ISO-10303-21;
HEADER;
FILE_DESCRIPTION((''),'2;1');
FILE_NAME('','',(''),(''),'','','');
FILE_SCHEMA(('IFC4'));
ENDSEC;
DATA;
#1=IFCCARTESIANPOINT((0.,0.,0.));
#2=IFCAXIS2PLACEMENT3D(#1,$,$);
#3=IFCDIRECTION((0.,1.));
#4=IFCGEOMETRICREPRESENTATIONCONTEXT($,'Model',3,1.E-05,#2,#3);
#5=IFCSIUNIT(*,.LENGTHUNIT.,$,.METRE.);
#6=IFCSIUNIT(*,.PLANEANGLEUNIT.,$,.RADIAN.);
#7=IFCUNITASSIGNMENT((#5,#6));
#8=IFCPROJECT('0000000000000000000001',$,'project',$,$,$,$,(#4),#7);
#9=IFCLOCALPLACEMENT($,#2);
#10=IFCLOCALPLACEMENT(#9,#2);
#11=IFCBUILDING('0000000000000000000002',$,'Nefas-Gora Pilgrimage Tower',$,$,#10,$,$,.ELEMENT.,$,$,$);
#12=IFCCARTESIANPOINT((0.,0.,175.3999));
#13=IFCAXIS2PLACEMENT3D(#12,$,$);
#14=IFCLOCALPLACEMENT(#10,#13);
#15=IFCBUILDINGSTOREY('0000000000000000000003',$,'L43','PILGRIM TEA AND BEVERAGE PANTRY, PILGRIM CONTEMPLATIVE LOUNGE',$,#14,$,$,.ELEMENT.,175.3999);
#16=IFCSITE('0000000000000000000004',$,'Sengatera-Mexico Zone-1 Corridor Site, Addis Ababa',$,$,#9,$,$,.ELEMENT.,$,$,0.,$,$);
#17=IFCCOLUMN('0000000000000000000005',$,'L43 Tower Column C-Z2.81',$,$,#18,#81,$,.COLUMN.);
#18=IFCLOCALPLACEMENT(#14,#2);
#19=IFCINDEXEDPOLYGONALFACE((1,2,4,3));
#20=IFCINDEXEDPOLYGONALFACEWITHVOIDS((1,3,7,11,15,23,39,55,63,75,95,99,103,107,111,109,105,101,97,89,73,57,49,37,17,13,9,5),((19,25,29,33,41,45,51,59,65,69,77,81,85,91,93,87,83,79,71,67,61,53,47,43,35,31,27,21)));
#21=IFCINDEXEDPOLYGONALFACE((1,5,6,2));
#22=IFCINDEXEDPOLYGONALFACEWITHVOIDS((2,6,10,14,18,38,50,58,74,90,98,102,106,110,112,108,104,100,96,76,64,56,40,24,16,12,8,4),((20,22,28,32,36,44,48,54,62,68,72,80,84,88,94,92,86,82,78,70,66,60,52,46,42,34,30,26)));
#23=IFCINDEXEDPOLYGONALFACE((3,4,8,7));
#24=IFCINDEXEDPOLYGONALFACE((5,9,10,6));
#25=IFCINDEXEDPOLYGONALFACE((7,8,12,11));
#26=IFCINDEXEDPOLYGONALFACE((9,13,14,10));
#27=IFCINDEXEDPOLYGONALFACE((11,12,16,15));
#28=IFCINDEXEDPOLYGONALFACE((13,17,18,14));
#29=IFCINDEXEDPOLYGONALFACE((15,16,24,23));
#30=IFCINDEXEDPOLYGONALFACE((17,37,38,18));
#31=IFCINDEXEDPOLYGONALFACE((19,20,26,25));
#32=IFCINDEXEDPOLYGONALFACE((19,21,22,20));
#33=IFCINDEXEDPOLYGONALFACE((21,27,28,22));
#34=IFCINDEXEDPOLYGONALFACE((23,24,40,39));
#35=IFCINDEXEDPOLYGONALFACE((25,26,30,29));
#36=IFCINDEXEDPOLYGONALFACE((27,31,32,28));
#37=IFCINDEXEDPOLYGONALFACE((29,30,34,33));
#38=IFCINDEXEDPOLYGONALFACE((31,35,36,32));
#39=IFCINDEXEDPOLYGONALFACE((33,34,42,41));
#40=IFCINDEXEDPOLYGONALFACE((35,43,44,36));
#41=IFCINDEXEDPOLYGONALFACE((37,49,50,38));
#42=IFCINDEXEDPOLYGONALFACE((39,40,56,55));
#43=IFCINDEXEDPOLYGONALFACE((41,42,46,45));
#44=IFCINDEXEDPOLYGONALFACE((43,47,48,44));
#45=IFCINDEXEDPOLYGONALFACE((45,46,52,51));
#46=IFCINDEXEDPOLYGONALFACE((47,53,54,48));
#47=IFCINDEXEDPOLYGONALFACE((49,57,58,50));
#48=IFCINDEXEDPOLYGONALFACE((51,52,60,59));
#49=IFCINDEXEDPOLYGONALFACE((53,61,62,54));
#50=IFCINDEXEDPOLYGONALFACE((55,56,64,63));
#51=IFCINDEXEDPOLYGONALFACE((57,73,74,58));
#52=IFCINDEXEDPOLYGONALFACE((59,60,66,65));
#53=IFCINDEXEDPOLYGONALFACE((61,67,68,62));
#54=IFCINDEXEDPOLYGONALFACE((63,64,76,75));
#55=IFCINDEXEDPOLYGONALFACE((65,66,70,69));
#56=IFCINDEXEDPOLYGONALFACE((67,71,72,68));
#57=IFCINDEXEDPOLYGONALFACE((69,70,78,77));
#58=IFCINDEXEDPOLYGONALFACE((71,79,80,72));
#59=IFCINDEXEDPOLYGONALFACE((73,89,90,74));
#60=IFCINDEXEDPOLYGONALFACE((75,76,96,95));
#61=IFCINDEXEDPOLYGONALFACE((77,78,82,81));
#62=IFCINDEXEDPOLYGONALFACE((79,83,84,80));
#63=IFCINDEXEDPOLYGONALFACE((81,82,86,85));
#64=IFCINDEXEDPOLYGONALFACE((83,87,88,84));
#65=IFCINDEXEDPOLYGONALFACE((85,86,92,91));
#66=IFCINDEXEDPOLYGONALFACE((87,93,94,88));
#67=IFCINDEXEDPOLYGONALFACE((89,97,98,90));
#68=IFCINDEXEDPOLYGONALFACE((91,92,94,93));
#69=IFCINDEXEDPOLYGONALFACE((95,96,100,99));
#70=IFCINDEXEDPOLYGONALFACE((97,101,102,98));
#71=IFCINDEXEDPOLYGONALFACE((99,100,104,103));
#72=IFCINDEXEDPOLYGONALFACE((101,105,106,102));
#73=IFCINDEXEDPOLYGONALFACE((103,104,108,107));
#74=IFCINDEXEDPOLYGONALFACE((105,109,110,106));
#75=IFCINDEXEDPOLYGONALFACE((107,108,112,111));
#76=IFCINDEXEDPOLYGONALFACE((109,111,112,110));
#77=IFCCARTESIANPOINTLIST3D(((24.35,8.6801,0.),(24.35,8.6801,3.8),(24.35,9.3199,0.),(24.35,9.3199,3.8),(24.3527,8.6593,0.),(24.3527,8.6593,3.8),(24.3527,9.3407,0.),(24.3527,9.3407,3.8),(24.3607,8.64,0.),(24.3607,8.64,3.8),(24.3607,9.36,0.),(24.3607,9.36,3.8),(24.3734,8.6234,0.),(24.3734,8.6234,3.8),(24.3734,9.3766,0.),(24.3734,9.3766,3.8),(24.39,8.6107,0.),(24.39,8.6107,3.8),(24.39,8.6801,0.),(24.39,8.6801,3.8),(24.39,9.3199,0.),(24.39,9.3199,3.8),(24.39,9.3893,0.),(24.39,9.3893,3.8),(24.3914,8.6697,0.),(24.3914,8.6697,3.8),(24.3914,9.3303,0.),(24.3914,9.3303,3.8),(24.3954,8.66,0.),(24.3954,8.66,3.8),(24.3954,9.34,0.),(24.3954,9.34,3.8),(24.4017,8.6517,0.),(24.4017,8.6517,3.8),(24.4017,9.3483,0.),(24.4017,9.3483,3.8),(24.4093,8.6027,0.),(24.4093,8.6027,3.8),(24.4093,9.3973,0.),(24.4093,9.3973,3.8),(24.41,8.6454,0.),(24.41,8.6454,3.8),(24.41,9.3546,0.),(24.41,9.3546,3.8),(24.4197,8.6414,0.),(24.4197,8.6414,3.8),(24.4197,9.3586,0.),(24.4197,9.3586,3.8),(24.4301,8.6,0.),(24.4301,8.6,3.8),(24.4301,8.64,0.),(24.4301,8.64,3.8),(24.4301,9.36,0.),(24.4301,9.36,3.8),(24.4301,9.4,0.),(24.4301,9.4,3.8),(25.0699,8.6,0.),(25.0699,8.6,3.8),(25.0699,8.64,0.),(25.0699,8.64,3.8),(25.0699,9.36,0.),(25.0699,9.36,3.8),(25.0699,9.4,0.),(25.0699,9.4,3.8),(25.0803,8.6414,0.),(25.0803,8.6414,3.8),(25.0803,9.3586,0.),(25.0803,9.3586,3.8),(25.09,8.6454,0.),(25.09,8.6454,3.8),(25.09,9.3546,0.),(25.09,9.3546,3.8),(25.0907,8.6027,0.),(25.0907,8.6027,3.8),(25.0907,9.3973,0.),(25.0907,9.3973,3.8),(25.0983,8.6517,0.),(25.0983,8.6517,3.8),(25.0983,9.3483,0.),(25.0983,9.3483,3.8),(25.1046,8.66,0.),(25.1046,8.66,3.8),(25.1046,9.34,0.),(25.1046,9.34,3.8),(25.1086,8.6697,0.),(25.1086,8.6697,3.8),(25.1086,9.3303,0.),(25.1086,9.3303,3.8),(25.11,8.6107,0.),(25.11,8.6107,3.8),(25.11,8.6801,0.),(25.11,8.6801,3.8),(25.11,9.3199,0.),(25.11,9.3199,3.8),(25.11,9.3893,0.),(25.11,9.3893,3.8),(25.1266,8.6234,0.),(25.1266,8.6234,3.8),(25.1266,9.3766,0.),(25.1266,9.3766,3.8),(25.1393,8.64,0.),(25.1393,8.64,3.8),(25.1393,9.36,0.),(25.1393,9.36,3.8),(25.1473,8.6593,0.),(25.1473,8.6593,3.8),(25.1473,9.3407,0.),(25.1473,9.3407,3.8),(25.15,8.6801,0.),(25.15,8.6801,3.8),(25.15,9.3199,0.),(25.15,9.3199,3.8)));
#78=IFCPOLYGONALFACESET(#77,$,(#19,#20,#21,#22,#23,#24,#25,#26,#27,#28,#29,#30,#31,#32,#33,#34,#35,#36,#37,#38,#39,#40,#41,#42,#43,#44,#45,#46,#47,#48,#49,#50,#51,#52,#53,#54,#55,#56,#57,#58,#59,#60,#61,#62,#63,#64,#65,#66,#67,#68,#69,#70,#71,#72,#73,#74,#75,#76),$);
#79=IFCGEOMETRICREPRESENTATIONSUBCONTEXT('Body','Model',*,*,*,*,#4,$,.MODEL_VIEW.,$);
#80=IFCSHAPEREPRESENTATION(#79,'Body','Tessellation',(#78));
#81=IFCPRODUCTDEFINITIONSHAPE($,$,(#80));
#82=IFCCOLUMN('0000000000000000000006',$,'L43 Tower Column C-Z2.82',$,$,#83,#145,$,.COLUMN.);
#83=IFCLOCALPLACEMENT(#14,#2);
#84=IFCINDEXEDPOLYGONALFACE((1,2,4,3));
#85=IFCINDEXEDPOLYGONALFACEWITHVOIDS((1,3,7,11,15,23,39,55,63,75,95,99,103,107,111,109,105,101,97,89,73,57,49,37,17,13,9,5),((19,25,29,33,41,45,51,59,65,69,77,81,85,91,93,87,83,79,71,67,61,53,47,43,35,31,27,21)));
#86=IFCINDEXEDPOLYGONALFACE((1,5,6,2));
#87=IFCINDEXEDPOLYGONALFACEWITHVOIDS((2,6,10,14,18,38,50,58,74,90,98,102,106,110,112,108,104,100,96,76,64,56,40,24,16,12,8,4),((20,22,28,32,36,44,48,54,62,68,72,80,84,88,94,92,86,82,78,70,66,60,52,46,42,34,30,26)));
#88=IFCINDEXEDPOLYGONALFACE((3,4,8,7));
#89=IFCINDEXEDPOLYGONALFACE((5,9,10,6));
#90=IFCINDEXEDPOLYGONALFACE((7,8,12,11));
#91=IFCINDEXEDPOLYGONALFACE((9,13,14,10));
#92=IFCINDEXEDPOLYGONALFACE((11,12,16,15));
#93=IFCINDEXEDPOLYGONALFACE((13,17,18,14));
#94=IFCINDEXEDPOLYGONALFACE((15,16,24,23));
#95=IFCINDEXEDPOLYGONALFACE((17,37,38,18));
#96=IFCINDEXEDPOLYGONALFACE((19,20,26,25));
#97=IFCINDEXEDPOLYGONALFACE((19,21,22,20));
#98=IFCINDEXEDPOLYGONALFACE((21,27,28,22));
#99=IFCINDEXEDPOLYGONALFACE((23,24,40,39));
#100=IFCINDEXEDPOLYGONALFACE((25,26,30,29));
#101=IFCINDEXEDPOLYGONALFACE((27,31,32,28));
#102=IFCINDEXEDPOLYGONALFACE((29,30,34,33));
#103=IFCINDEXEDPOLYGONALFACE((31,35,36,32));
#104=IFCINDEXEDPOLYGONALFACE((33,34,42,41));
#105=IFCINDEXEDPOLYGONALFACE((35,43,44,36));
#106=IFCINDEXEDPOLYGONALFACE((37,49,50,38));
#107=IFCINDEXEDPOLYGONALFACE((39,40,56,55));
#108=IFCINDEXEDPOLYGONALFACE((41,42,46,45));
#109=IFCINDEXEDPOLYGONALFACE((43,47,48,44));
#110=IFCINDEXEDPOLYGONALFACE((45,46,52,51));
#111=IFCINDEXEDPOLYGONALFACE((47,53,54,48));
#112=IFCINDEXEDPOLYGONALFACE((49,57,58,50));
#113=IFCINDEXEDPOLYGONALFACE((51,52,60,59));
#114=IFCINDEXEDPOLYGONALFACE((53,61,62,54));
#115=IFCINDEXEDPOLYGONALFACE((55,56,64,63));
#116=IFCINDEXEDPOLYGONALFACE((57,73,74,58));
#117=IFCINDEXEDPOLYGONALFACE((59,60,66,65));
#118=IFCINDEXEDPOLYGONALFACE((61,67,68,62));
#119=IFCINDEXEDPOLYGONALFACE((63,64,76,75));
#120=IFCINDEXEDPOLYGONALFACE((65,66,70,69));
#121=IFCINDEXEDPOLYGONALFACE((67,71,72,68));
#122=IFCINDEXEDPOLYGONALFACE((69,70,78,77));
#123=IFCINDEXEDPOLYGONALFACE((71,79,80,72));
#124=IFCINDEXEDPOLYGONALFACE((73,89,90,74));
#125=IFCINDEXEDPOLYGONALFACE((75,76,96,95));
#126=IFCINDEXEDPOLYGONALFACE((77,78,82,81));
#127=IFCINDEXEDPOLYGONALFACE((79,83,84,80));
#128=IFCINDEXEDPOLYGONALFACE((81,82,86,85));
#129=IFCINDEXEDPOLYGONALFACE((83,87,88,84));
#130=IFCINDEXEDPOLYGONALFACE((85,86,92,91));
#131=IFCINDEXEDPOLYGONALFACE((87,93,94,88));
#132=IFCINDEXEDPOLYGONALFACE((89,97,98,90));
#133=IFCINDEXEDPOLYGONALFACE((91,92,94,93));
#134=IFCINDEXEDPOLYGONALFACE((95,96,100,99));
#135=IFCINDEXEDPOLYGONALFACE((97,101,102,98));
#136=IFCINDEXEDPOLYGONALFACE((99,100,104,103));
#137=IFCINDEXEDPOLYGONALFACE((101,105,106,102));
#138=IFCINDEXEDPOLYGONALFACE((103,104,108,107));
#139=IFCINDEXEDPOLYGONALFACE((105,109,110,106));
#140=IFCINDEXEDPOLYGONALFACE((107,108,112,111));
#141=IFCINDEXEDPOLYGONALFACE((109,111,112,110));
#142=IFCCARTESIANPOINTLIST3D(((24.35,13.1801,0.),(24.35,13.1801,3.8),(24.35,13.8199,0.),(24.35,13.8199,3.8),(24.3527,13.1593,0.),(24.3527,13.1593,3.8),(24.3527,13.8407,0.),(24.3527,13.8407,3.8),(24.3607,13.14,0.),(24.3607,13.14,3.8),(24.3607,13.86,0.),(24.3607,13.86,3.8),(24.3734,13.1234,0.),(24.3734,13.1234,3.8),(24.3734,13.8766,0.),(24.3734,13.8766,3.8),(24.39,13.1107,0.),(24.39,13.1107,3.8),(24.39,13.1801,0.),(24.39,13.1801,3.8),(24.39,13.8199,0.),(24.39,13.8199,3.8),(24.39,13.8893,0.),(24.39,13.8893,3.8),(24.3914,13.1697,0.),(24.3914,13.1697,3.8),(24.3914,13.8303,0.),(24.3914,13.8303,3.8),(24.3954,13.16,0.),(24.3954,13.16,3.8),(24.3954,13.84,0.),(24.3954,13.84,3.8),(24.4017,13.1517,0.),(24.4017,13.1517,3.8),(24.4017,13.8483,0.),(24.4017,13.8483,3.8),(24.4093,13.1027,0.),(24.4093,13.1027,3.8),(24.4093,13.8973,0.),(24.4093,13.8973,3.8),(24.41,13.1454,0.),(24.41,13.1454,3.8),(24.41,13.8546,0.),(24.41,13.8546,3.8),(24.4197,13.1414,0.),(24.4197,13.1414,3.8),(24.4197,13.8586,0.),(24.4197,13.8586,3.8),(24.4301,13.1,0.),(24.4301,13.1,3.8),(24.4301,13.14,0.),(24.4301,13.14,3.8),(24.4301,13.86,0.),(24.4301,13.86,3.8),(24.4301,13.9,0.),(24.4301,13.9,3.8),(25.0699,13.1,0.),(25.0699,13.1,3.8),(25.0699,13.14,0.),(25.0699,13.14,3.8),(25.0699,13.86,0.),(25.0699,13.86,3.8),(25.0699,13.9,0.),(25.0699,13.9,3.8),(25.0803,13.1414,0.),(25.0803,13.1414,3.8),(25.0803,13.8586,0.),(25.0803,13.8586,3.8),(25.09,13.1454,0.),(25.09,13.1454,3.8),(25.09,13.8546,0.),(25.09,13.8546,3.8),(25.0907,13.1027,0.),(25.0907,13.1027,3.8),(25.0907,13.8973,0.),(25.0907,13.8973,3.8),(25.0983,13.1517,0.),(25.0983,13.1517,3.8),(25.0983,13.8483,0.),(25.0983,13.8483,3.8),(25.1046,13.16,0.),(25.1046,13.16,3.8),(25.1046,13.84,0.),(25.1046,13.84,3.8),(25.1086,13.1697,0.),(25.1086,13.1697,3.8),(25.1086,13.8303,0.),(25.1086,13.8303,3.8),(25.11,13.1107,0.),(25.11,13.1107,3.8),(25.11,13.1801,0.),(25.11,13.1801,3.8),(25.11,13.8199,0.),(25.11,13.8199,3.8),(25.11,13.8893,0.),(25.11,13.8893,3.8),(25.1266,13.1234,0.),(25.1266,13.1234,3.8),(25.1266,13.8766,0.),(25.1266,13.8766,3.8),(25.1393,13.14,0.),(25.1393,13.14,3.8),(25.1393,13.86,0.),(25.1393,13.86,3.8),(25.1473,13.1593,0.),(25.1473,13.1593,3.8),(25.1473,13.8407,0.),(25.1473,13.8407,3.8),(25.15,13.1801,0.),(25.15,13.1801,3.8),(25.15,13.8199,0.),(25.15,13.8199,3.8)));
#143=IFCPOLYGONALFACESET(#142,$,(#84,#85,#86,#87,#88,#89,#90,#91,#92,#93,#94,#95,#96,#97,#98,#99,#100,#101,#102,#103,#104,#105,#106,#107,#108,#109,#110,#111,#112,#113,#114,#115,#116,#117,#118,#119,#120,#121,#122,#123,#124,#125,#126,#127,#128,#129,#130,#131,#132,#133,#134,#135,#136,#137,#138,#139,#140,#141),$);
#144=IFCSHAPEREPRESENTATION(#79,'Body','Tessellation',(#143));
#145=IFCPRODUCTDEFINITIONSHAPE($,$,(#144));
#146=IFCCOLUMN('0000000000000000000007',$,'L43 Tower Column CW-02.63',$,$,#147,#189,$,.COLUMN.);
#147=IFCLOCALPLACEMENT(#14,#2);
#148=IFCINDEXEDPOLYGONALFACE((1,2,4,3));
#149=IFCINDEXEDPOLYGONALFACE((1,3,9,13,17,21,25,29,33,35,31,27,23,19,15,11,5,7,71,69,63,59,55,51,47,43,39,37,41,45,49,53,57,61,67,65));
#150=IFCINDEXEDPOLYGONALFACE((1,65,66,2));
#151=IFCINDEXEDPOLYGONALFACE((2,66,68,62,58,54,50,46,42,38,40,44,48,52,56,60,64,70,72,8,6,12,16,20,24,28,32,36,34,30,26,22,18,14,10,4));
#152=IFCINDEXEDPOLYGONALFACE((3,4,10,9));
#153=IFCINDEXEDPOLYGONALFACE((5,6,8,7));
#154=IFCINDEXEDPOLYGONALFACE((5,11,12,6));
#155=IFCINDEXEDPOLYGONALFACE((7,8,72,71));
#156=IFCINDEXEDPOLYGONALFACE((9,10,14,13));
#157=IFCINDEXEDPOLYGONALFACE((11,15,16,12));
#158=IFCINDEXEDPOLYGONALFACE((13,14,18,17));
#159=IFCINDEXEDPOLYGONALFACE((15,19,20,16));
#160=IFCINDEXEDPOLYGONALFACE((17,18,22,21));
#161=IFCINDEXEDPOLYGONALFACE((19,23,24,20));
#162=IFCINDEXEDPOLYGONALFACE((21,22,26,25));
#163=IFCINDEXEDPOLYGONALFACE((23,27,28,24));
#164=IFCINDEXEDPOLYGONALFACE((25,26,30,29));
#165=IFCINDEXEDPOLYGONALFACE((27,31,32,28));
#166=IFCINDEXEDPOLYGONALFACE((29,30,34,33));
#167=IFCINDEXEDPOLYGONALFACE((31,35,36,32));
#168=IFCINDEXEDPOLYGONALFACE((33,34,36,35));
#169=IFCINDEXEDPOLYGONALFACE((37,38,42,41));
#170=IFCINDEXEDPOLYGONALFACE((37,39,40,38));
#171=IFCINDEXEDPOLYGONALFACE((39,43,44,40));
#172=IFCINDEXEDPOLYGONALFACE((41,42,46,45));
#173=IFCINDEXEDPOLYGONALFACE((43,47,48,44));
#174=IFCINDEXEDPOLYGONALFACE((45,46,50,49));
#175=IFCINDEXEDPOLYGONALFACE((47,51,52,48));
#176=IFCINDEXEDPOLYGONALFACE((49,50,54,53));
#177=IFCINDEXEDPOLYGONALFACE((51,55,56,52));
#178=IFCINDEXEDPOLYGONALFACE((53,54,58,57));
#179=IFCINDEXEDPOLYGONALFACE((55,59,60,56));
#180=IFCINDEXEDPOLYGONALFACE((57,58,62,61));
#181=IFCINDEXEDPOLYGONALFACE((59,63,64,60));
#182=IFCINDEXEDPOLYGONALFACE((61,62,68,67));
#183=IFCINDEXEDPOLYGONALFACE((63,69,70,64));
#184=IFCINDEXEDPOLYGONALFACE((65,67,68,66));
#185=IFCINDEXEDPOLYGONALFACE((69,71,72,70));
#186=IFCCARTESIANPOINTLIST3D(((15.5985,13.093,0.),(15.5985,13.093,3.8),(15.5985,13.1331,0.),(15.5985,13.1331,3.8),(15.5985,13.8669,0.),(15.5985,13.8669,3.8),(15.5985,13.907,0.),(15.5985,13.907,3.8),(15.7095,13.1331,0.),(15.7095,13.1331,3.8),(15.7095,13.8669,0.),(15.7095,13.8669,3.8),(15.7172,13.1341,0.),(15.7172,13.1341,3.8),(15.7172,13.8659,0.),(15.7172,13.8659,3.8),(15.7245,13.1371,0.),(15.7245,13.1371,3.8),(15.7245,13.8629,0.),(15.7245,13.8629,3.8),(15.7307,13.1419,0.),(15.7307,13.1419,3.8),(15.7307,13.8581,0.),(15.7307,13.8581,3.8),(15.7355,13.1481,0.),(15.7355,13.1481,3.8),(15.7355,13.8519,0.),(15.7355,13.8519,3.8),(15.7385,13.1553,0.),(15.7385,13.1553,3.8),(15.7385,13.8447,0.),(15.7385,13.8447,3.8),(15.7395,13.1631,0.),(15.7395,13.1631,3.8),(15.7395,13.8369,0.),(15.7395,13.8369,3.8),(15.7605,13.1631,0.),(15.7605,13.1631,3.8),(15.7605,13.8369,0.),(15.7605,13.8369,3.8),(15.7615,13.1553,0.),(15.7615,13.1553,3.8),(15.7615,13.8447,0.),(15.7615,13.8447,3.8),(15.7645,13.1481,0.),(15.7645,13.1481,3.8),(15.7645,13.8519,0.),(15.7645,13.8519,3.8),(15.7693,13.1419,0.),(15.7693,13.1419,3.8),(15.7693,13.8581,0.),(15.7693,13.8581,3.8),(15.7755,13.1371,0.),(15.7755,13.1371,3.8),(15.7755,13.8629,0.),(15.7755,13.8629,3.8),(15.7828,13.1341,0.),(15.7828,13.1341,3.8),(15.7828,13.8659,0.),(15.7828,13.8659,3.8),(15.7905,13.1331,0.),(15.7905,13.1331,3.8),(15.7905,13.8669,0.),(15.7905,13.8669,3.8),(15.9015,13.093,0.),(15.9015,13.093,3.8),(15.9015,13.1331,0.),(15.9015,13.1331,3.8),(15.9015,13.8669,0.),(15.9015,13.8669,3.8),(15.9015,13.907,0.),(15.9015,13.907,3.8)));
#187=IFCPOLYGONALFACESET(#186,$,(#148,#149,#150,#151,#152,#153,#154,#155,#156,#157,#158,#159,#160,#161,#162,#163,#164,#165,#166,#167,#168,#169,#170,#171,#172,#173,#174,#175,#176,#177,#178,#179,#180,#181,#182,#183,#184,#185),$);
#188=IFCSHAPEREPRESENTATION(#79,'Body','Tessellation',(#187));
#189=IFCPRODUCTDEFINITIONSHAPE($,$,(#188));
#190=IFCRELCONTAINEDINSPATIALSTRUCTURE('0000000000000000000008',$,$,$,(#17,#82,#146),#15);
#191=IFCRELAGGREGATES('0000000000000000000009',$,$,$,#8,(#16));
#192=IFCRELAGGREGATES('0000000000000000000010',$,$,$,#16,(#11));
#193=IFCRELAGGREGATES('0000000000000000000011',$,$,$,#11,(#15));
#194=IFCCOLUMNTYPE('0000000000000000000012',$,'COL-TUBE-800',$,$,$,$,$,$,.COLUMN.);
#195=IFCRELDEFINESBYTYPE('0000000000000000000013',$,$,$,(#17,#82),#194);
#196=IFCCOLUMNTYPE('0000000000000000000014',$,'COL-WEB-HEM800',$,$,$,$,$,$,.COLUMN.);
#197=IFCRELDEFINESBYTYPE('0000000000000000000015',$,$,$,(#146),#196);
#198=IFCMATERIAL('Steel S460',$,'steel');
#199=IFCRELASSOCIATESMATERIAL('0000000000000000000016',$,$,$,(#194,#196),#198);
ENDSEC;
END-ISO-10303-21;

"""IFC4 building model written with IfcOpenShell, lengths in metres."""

from ifc_helpers import new_model, si_unit, direction, frame, origin, origin_2d, place, context, subcontext, project, spatial, hollow_rectangle, i_section, extrude, source, transform, mapped, material, material_profile, profile_set, type_object, element, save


model = new_model("IFC4")

# Units and contexts
model_context = context("Model", 3, precision=1e-05, world=origin(), true_north=direction((0.0, 1.0)))
body_context = subcontext(model_context, "Body", "Model", "MODEL_VIEW")
ifc_project = project(units=[si_unit("LENGTHUNIT", "METRE"), si_unit("PLANEANGLEUNIT", "RADIAN")], contexts=[model_context])

# Site, building, storey
site_placement = place(None, origin())
site = spatial("IfcSite", under=ifc_project, at=site_placement, Name="Sengatera-Mexico Zone-1 Corridor Site, Addis Ababa", CompositionType="ELEMENT", RefElevation=0.0)
building_placement = place(site_placement, origin())
building = spatial("IfcBuilding", under=site, at=building_placement, Name="Nefas-Gora Pilgrimage Tower", CompositionType="ELEMENT")
storey_placement = place(building_placement, frame((0.0, 0.0, 175.3999)))
storey = spatial("IfcBuildingStorey", under=building, at=storey_placement, Name="L43", Description="PILGRIM TEA AND BEVERAGE PANTRY, PILGRIM CONTEMPLATIVE LOUNGE", CompositionType="ELEMENT", Elevation=175.3999)

# Columns
ifc_material_1 = material(Name="Steel S460", Category="steel")
ifc_material_profile_1 = material_profile(ifc_material_1, hollow_rectangle(XDim=0.8, YDim=0.8, WallThickness=0.04, InnerFilletRadius=0.04, OuterFilletRadius=0.0801, at=origin_2d()), Name="BOX 800x800x40")
ifc_profile_set_1 = profile_set([ifc_material_profile_1], Name="Steel S460")
column_type_1 = type_object("IfcColumnType", Name="COL-TUBE-800", PredefinedType="COLUMN", material=ifc_profile_set_1)
shared_shape_1 = source(origin(), body_context, "Body", "SweptSolid", [
    extrude(hollow_rectangle(XDim=0.8, YDim=0.8, WallThickness=0.04, InnerFilletRadius=0.04, OuterFilletRadius=0.0801, at=origin_2d()), origin(), (0.0, 0.0, 1.0), 3.8),
])
for number, where, z_axis, x_axis, name in (
    (1, (24.75, 9.0, 0.0), (0.0, 0.0, 1.0), (1.0, 0.0, 0.0), "L43 Tower Column C-Z2.81"),
    (2, (24.75, 13.5, 0.0), (0.0, 0.0, 1.0), (1.0, 0.0, 0.0), "L43 Tower Column C-Z2.82"),
):
    element("IfcColumn", number, at=place(storey_placement, frame(where, z_axis=z_axis, x_axis=x_axis)), inside=storey, type_object=column_type_1, Name=name, PredefinedType="COLUMN", context=body_context, shape_type="MappedRepresentation", body=[
        mapped(shared_shape_1, transform((0.0, 0.0, 0.0), x_axis=(1.0, 0.0, 0.0), y_axis=(0.0, 1.0, 0.0), z_axis=(0.0, 0.0, 1.0), scale=1.0)),
    ])
ifc_material_profile_2 = material_profile(ifc_material_1, i_section(OverallWidth=0.303, OverallDepth=0.814, WebThickness=0.021, FlangeThickness=0.04, FilletRadius=0.03, at=origin_2d()), Name="HEM 800")
ifc_profile_set_2 = profile_set([ifc_material_profile_2], Name="Steel S460")
column_type_2 = type_object("IfcColumnType", Name="COL-WEB-HEM800", PredefinedType="COLUMN", material=ifc_profile_set_2)
shared_shape_2 = source(origin(), body_context, "Body", "SweptSolid", [
    extrude(i_section(OverallWidth=0.303, OverallDepth=0.814, WebThickness=0.021, FlangeThickness=0.04, FilletRadius=0.03, at=origin_2d()), origin(), (0.0, 0.0, 1.0), 3.8),
])
for number, where, z_axis, x_axis, name in (
    (3, (15.75, 13.5, 0.0), (0.0, 0.0, 1.0), (1.0, 0.0, 0.0), "L43 Tower Column CW-02.63"),
):
    element("IfcColumn", number, at=place(storey_placement, frame(where, z_axis=z_axis, x_axis=x_axis)), inside=storey, type_object=column_type_2, Name=name, PredefinedType="COLUMN", context=body_context, shape_type="MappedRepresentation", body=[
        mapped(shared_shape_2, transform((0.0, 0.0, 0.0), x_axis=(1.0, 0.0, 0.0), y_axis=(0.0, 1.0, 0.0), z_axis=(0.0, 0.0, 1.0), scale=1.0)),
    ])

save(model, "model.ifc")
